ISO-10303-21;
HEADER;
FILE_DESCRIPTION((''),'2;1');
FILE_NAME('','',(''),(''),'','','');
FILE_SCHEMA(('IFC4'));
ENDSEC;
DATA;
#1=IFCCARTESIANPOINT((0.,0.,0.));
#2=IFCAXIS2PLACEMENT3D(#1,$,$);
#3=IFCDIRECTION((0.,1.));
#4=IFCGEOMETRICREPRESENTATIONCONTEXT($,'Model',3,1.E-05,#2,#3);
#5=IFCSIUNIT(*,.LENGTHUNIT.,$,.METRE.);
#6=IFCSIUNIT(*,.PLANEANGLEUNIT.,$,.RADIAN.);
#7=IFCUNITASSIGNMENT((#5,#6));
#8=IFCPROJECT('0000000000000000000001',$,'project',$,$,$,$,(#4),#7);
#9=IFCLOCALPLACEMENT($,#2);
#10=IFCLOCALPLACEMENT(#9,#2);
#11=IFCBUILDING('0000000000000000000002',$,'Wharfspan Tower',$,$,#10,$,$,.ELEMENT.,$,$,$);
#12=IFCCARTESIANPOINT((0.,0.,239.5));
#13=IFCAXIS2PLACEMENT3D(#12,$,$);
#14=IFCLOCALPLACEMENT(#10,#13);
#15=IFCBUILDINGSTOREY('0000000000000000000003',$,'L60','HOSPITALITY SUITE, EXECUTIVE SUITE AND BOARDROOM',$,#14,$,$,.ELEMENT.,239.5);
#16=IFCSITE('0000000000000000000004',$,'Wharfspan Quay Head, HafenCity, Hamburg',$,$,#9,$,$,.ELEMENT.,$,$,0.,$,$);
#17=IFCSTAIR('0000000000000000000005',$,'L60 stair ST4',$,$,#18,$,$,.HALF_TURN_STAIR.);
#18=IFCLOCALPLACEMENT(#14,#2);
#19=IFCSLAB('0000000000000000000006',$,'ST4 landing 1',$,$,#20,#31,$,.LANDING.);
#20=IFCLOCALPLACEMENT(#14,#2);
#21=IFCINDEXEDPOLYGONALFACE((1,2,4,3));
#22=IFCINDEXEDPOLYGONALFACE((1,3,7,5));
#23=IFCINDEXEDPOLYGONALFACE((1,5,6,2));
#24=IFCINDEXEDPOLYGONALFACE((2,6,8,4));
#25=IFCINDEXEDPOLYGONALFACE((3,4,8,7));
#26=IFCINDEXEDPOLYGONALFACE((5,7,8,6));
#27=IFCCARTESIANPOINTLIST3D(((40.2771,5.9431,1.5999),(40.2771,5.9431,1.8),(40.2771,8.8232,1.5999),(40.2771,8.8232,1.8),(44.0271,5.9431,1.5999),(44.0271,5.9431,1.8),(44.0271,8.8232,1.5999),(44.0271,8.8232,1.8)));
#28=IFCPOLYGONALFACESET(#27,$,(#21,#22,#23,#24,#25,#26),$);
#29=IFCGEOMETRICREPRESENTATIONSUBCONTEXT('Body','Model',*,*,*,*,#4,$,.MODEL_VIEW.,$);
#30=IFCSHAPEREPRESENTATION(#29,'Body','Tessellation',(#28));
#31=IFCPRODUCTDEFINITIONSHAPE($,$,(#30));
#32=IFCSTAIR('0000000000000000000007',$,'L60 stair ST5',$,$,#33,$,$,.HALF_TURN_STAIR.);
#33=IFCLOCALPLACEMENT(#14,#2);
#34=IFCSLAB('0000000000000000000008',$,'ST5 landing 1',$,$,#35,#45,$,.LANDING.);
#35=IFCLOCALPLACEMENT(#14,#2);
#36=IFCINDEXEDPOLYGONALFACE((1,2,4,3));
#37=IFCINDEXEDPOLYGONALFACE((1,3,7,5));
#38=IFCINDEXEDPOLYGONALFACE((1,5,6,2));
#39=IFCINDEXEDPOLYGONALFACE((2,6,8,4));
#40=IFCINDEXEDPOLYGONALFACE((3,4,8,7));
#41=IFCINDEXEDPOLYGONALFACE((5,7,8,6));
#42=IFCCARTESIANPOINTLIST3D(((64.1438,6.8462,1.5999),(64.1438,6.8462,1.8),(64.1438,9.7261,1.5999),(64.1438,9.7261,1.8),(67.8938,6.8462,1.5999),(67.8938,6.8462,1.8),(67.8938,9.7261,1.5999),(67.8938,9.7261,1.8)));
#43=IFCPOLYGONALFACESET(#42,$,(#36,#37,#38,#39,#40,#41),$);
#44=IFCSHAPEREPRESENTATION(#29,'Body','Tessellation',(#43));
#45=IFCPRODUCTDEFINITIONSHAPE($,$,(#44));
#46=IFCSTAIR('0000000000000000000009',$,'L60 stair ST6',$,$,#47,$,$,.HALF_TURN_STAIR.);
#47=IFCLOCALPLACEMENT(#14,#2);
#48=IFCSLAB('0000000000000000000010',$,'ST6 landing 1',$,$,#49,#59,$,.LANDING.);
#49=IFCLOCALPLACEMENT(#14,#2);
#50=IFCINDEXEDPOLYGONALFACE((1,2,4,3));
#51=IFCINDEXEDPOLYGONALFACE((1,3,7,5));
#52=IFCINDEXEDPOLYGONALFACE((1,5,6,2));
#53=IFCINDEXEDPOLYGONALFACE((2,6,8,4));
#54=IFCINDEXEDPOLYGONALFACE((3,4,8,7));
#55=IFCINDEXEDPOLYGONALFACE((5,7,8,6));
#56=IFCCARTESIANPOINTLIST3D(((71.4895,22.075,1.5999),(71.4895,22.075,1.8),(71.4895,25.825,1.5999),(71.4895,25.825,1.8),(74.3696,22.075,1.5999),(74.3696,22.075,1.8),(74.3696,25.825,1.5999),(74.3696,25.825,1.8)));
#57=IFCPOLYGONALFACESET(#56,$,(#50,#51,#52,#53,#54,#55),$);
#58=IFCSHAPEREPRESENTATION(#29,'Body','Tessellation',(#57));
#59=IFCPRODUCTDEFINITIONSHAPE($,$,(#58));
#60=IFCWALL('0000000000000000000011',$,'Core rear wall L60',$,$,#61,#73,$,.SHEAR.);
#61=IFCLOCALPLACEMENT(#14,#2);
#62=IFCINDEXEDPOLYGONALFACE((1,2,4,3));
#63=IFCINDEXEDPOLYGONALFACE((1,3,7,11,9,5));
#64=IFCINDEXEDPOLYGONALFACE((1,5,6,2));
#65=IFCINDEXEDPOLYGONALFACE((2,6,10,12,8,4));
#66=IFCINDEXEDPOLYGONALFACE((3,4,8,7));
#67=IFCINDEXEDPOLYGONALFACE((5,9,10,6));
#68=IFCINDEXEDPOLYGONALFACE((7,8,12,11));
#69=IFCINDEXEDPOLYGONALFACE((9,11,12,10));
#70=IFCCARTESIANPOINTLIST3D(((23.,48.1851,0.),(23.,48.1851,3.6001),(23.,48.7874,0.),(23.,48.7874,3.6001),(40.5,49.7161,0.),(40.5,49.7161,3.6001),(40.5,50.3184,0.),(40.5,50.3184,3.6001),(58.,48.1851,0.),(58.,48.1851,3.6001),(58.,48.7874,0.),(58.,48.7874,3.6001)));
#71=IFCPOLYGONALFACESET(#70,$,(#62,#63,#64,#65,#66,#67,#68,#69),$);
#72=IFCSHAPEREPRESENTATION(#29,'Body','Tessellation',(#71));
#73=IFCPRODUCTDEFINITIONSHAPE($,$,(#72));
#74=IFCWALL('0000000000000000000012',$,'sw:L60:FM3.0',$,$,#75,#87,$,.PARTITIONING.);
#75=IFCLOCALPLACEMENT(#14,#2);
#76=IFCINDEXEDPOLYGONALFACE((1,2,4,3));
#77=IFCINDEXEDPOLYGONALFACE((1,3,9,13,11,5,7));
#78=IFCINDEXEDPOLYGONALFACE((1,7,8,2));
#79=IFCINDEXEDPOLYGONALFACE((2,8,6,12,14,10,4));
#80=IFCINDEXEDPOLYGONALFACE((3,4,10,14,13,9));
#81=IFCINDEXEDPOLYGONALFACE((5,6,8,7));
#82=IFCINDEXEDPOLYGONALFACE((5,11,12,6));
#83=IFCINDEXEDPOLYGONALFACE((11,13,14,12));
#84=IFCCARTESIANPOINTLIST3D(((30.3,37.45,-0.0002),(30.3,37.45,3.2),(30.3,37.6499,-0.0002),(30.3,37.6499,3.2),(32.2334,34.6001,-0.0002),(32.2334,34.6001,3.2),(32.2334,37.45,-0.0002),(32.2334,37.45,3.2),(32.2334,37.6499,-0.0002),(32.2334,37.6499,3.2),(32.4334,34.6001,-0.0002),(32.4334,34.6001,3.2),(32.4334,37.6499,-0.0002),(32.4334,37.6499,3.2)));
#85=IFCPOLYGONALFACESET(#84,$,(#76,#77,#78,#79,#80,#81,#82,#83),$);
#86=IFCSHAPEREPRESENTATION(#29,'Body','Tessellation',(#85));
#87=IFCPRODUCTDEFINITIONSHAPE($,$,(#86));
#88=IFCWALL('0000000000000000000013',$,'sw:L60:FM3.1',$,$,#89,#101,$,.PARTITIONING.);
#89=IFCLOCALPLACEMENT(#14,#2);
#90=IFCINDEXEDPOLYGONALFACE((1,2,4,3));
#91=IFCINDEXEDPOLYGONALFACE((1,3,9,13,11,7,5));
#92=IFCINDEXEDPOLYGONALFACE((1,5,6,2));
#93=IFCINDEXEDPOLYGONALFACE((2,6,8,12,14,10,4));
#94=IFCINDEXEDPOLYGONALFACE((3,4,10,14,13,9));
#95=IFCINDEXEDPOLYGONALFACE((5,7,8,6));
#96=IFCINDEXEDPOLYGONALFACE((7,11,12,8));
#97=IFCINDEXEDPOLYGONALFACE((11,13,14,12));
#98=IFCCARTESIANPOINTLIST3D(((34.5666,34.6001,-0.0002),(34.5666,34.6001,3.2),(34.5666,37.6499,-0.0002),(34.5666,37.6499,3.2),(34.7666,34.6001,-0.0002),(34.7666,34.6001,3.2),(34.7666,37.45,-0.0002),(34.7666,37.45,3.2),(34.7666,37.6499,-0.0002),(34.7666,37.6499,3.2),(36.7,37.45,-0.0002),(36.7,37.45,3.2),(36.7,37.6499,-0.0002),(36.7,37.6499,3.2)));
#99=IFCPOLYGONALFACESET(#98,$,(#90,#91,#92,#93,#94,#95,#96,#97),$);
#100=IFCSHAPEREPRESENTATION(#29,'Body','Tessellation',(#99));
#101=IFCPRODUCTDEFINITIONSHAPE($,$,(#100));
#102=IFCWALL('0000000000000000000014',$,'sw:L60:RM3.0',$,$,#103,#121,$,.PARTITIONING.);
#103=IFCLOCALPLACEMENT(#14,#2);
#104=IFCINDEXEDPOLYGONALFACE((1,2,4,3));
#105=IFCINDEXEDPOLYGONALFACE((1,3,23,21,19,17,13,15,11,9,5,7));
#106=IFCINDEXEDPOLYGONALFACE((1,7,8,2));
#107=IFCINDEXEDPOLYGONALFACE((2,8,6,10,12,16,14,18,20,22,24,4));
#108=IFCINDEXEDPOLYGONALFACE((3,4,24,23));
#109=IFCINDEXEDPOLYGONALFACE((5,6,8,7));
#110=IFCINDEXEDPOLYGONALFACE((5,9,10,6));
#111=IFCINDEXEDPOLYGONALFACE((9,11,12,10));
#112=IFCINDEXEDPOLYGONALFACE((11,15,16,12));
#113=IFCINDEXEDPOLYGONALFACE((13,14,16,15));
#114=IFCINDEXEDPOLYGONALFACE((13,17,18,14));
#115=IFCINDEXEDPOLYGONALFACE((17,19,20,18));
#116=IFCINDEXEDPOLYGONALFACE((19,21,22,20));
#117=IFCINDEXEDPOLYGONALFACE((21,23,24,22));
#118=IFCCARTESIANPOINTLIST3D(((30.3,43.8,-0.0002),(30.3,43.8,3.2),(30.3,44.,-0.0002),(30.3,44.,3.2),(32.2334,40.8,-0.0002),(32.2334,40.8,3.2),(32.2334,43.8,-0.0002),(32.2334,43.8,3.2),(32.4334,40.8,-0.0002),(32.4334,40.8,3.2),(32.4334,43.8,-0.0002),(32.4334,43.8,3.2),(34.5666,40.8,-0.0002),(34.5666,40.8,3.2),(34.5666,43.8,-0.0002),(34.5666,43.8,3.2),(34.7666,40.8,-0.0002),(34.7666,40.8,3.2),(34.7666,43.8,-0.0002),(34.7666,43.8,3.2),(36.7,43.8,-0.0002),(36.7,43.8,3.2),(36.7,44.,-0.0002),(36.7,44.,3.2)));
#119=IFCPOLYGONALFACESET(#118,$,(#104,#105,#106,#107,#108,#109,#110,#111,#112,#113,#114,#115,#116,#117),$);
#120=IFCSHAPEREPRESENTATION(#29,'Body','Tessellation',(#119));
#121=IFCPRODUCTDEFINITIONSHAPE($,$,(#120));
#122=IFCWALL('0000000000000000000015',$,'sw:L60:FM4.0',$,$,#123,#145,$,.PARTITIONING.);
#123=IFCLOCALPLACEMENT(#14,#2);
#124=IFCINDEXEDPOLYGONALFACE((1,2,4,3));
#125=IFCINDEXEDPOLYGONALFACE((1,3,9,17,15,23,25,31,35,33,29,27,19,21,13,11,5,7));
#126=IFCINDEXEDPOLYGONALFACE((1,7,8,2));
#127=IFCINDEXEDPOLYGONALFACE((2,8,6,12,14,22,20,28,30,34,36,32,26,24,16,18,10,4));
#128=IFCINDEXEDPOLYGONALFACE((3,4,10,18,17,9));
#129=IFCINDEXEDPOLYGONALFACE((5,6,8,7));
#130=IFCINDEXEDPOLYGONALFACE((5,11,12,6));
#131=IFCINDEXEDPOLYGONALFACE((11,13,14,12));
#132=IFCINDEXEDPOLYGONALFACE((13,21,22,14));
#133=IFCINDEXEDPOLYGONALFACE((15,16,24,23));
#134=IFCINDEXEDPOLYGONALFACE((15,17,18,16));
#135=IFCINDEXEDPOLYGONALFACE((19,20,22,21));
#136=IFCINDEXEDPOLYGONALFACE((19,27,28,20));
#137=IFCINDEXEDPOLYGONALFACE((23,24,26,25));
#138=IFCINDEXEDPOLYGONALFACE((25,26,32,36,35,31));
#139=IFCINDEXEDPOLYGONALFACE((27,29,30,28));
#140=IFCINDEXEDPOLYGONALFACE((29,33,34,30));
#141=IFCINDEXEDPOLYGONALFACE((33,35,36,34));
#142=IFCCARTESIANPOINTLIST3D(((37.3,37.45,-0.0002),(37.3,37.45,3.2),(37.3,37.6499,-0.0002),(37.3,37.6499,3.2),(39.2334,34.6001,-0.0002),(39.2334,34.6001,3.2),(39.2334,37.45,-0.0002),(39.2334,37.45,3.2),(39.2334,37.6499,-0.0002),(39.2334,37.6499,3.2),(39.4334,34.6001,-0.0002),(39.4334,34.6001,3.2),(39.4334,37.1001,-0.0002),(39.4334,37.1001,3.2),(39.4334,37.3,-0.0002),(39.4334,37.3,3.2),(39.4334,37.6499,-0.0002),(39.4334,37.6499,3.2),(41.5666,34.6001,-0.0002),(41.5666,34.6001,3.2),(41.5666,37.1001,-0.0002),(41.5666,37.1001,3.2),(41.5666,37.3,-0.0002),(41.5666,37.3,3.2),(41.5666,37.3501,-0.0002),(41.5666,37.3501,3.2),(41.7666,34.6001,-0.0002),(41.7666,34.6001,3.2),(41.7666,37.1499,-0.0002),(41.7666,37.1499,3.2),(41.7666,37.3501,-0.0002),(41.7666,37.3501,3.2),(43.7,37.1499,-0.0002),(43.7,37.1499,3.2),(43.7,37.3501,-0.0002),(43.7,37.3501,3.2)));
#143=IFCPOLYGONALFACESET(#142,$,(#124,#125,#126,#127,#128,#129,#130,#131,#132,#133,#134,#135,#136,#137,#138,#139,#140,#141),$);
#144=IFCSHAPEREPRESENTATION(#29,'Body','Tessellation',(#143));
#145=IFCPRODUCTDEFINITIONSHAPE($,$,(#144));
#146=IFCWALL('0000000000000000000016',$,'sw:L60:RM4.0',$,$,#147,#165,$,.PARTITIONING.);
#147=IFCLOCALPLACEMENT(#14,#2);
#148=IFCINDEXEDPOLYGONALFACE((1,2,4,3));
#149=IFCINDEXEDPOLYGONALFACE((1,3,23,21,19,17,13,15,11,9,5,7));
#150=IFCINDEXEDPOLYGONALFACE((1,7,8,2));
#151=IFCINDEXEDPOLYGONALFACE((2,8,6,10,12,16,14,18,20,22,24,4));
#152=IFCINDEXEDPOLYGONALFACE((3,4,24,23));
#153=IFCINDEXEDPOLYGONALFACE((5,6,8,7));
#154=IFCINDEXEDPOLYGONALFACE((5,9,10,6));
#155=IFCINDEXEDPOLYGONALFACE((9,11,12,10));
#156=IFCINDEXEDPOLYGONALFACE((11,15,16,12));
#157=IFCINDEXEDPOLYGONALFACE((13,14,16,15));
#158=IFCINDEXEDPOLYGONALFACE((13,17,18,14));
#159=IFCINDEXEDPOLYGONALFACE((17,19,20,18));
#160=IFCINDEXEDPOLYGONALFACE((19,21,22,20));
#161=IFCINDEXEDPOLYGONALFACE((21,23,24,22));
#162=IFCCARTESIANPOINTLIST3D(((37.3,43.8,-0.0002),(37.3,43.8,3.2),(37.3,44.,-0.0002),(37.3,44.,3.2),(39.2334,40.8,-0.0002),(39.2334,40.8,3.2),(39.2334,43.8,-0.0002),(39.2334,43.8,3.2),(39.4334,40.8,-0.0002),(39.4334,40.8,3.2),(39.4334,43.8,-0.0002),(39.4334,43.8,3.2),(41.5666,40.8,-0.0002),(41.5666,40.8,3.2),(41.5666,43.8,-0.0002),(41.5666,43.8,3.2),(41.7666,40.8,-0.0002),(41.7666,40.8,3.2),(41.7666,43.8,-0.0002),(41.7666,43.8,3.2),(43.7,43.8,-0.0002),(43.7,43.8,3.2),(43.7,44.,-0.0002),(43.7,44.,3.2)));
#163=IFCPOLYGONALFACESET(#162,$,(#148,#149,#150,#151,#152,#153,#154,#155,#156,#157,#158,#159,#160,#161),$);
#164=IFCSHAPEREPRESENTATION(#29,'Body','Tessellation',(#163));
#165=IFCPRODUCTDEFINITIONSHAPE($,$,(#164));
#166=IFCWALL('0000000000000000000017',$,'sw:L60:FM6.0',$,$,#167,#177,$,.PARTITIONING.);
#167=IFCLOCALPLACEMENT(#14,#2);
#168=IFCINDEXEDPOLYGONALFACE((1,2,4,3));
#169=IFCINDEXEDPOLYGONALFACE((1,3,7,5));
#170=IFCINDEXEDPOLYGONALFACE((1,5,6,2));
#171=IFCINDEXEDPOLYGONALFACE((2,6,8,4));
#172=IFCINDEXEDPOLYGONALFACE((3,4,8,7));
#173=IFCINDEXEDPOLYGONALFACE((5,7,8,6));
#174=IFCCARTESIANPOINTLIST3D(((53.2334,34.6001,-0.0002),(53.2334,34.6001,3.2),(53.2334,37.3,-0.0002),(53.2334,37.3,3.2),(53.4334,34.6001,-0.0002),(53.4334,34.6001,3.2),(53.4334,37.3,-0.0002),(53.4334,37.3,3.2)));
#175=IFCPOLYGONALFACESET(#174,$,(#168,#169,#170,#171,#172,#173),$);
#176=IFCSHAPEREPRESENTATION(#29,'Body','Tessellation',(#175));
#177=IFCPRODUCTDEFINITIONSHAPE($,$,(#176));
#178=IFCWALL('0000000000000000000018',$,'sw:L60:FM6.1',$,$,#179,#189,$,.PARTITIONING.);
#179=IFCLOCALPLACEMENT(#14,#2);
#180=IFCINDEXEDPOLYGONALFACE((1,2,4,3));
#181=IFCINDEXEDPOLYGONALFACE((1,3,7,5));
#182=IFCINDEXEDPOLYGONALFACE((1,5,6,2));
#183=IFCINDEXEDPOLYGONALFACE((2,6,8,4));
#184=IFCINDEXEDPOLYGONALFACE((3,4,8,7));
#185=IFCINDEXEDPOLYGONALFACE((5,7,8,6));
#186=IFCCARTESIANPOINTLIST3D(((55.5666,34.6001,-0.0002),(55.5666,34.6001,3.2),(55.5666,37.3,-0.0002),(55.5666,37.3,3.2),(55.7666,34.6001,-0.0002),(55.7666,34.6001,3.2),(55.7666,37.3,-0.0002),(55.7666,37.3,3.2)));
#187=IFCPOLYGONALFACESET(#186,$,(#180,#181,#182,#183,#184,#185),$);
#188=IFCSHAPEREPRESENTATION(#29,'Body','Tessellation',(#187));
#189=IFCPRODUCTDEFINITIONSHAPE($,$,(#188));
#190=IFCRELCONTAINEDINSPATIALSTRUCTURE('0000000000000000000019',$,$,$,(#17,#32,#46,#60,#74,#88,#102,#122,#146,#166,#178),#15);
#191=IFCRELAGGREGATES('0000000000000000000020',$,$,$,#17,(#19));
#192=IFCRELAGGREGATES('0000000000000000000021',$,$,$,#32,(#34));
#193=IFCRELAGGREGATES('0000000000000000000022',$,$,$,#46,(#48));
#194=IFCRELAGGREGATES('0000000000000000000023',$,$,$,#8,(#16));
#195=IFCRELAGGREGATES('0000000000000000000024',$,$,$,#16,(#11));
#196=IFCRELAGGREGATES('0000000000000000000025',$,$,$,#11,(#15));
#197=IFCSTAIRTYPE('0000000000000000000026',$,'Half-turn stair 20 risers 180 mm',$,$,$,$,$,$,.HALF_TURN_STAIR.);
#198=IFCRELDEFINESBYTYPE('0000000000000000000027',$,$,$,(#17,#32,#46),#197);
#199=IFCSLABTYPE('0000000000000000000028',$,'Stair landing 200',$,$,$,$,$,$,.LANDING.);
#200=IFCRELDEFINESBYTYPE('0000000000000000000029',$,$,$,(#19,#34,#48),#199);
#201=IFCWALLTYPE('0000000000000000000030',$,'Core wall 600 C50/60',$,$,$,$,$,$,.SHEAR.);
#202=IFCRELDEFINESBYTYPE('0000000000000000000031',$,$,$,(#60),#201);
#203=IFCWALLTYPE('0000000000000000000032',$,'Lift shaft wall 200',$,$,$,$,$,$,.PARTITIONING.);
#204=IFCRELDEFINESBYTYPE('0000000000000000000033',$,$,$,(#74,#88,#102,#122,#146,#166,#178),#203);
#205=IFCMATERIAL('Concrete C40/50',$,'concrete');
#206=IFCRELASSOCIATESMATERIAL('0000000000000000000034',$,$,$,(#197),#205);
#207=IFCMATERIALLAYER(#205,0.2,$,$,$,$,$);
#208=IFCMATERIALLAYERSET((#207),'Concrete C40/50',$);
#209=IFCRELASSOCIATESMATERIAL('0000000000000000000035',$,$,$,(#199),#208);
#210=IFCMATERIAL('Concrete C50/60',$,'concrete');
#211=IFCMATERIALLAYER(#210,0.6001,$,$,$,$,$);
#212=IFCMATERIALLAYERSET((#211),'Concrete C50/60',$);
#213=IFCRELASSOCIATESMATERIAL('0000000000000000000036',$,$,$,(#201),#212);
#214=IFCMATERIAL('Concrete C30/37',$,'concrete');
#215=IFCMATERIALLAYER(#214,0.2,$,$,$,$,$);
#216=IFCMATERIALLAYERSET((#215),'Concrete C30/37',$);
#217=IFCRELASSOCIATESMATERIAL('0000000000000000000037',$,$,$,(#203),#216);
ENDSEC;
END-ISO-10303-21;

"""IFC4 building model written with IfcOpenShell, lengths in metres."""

from ifc_helpers import new_model, si_unit, direction, frame, origin, place, context, subcontext, project, spatial, polyline, outline, extrude, material, layer, layer_set, type_object, element, aggregate, save


model = new_model("IFC4")

# Units and contexts
model_context = context("Model", 3, precision=1e-05, world=origin(), true_north=direction((0.0, 1.0)))
body_context = subcontext(model_context, "Body", "Model", "MODEL_VIEW")
ifc_project = project(units=[si_unit("LENGTHUNIT", "METRE"), si_unit("PLANEANGLEUNIT", "RADIAN")], contexts=[model_context])

# Site, building, storey
site_placement = place(None, origin())
site = spatial("IfcSite", under=ifc_project, at=site_placement, Name="Wharfspan Quay Head, HafenCity, Hamburg", CompositionType="ELEMENT", RefElevation=0.0)
building_placement = place(site_placement, origin())
building = spatial("IfcBuilding", under=site, at=building_placement, Name="Wharfspan Tower", CompositionType="ELEMENT")
storey_placement = place(building_placement, frame((0.0, 0.0, 239.5)))
storey = spatial("IfcBuildingStorey", under=building, at=storey_placement, Name="L60", Description="HOSPITALITY SUITE, EXECUTIVE SUITE AND BOARDROOM", CompositionType="ELEMENT", Elevation=239.5)

# Shared definitions
ifc_material_1 = material(Name="Concrete C40/50", Category="concrete")

# Stairs, slabs
stair_type = type_object("IfcStairType", Name="Half-turn stair 20 risers 180 mm", PredefinedType="HALF_TURN_STAIR", material=ifc_material_1)
ifc_layer_1 = layer(ifc_material_1, 0.2)
ifc_layer_set_1 = layer_set([ifc_layer_1], Name="Concrete C40/50")
slab_type_1 = type_object("IfcSlabType", Name="Stair landing 200", PredefinedType="LANDING", material=ifc_layer_set_1)
stair_1_placement = place(storey_placement, origin())
stair_1 = element("IfcStair", 1, at=stair_1_placement, inside=storey, type_object=stair_type, Name="L60 stair ST4", PredefinedType="HALF_TURN_STAIR")
slab_1_placement = place(storey_placement, frame((0.0, 0.0, 1.5999)))
slab_1 = element("IfcSlab", 2, at=slab_1_placement, type_object=slab_type_1, Name="ST4 landing 1", PredefinedType="LANDING", context=body_context, shape_type="SweptSolid", body=[
    extrude(outline(polyline([(40.2771, 8.8232), (40.2771, 5.9431), (44.0271, 5.9431), (44.0271, 8.8232), (40.2771, 8.8232)])), origin(), (0.0, 0.0, 1.0), 0.2002),
])
aggregate(stair_1, [slab_1])
stair_2_placement = place(storey_placement, origin())
stair_2 = element("IfcStair", 3, at=stair_2_placement, inside=storey, type_object=stair_type, Name="L60 stair ST5", PredefinedType="HALF_TURN_STAIR")
slab_2_placement = place(storey_placement, frame((0.0, 0.0, 1.5999)))
slab_2 = element("IfcSlab", 4, at=slab_2_placement, type_object=slab_type_1, Name="ST5 landing 1", PredefinedType="LANDING", context=body_context, shape_type="SweptSolid", body=[
    extrude(outline(polyline([(64.1438, 9.7261), (64.1438, 6.8462), (67.8938, 6.8462), (67.8938, 9.7261), (64.1438, 9.7261)])), origin(), (0.0, 0.0, 1.0), 0.2002),
])
aggregate(stair_2, [slab_2])
stair_3_placement = place(storey_placement, origin())
stair_3 = element("IfcStair", 5, at=stair_3_placement, inside=storey, type_object=stair_type, Name="L60 stair ST6", PredefinedType="HALF_TURN_STAIR")
slab_3_placement = place(storey_placement, frame((0.0, 0.0, 1.5999)))
slab_3 = element("IfcSlab", 6, at=slab_3_placement, type_object=slab_type_1, Name="ST6 landing 1", PredefinedType="LANDING", context=body_context, shape_type="SweptSolid", body=[
    extrude(outline(polyline([(71.4895, 22.075), (74.3696, 22.075), (74.3696, 25.825), (71.4895, 25.825), (71.4895, 22.075)])), origin(), (0.0, 0.0, 1.0), 0.2002),
])
aggregate(stair_3, [slab_3])

# Walls
ifc_material_2 = material(Name="Concrete C50/60", Category="concrete")
ifc_layer_2 = layer(ifc_material_2, 0.6001)
ifc_layer_set_2 = layer_set([ifc_layer_2], Name="Concrete C50/60")
wall_type_1 = type_object("IfcWallType", Name="Core wall 600 C50/60", PredefinedType="SHEAR", material=ifc_layer_set_2)
wall_1_placement = place(storey_placement, origin())
element("IfcWall", 7, at=wall_1_placement, inside=storey, type_object=wall_type_1, Name="Core rear wall L60", PredefinedType="SHEAR", context=body_context, shape_type="SweptSolid", body=[
    extrude(outline(polyline([(23.0, 48.1851), (40.5, 49.7161), (58.0, 48.1851), (58.0, 48.7874), (40.5, 50.3184), (23.0, 48.7874), (23.0, 48.1851)])), origin(), (0.0, 0.0, 1.0), 3.6001),
])
ifc_material_3 = material(Name="Concrete C30/37", Category="concrete")
ifc_layer_3 = layer(ifc_material_3, 0.2)
ifc_layer_set_3 = layer_set([ifc_layer_3], Name="Concrete C30/37")
wall_type_2 = type_object("IfcWallType", Name="Lift shaft wall 200", PredefinedType="PARTITIONING", material=ifc_layer_set_3)
wall_2_placement = place(storey_placement, frame((0.0, 0.0, -0.0002)))
element("IfcWall", 8, at=wall_2_placement, inside=storey, type_object=wall_type_2, Name="sw:L60:FM3.0", PredefinedType="PARTITIONING", context=body_context, shape_type="SweptSolid", body=[
    extrude(outline(polyline([(32.2334, 37.45), (30.3, 37.45), (30.3, 37.6499), (32.2334, 37.6499), (32.4333, 37.6499), (32.4333, 34.6001), (32.2334, 34.6001), (32.2334, 37.45)])), origin(), (0.0, 0.0, 1.0), 3.2002),
])
wall_3_placement = place(storey_placement, frame((0.0, 0.0, -0.0002)))
element("IfcWall", 9, at=wall_3_placement, inside=storey, type_object=wall_type_2, Name="sw:L60:FM3.1", PredefinedType="PARTITIONING", context=body_context, shape_type="SweptSolid", body=[
    extrude(outline(polyline([(34.5667, 37.6499), (34.7666, 37.6499), (36.7, 37.6499), (36.7, 37.45), (34.7666, 37.45), (34.7666, 34.6001), (34.5667, 34.6001), (34.5667, 37.6499)])), origin(), (0.0, 0.0, 1.0), 3.2002),
])
wall_4_placement = place(storey_placement, frame((0.0, 0.0, -0.0002)))
element("IfcWall", 10, at=wall_4_placement, inside=storey, type_object=wall_type_2, Name="sw:L60:RM3.0", PredefinedType="PARTITIONING", context=body_context, shape_type="SweptSolid", body=[
    extrude(outline(polyline([(32.4333, 40.8), (32.2334, 40.8), (32.2334, 43.8), (30.3, 43.8), (30.3, 44.0), (36.7, 44.0), (36.7, 43.8), (34.7666, 43.8), (34.7666, 40.8), (34.5667, 40.8), (34.5667, 43.8), (32.4333, 43.8), (32.4333, 40.8)])), origin(), (0.0, 0.0, 1.0), 3.2002),
])
wall_5_placement = place(storey_placement, frame((0.0, 0.0, -0.0002)))
element("IfcWall", 11, at=wall_5_placement, inside=storey, type_object=wall_type_2, Name="sw:L60:FM4.0", PredefinedType="PARTITIONING", context=body_context, shape_type="SweptSolid", body=[
    extrude(outline(polyline([(41.5667, 37.1001), (39.4333, 37.1001), (39.4333, 34.6001), (39.2334, 34.6001), (39.2334, 37.45), (37.3, 37.45), (37.3, 37.6499), (39.2334, 37.6499), (39.4333, 37.6499), (39.4333, 37.3), (41.5667, 37.3), (41.5667, 37.3501), (41.7666, 37.3501), (43.7, 37.3501), (43.7, 37.1499), (41.7666, 37.1499), (41.7666, 34.6001), (41.5667, 34.6001), (41.5667, 37.1001)])), origin(), (0.0, 0.0, 1.0), 3.2002),
])
wall_6_placement = place(storey_placement, frame((0.0, 0.0, -0.0002)))
element("IfcWall", 12, at=wall_6_placement, inside=storey, type_object=wall_type_2, Name="sw:L60:RM4.0", PredefinedType="PARTITIONING", context=body_context, shape_type="SweptSolid", body=[
    extrude(outline(polyline([(39.4333, 40.8), (39.2334, 40.8), (39.2334, 43.8), (37.3, 43.8), (37.3, 44.0), (43.7, 44.0), (43.7, 43.8), (41.7666, 43.8), (41.7666, 40.8), (41.5667, 40.8), (41.5667, 43.8), (39.4333, 43.8), (39.4333, 40.8)])), origin(), (0.0, 0.0, 1.0), 3.2002),
])
wall_7_placement = place(storey_placement, frame((0.0, 0.0, -0.0002)))
element("IfcWall", 13, at=wall_7_placement, inside=storey, type_object=wall_type_2, Name="sw:L60:FM6.0", PredefinedType="PARTITIONING", context=body_context, shape_type="SweptSolid", body=[
    extrude(outline(polyline([(53.2334, 34.6001), (53.2334, 37.3), (53.4333, 37.3), (53.4333, 34.6001), (53.2334, 34.6001)])), origin(), (0.0, 0.0, 1.0), 3.2002),
])
wall_8_placement = place(storey_placement, frame((0.0, 0.0, -0.0002)))
element("IfcWall", 14, at=wall_8_placement, inside=storey, type_object=wall_type_2, Name="sw:L60:FM6.1", PredefinedType="PARTITIONING", context=body_context, shape_type="SweptSolid", body=[
    extrude(outline(polyline([(55.5667, 34.6001), (55.5667, 37.3), (55.7666, 37.3), (55.7666, 34.6001), (55.5667, 34.6001)])), origin(), (0.0, 0.0, 1.0), 3.2002),
])

save(model, "model.ifc")
